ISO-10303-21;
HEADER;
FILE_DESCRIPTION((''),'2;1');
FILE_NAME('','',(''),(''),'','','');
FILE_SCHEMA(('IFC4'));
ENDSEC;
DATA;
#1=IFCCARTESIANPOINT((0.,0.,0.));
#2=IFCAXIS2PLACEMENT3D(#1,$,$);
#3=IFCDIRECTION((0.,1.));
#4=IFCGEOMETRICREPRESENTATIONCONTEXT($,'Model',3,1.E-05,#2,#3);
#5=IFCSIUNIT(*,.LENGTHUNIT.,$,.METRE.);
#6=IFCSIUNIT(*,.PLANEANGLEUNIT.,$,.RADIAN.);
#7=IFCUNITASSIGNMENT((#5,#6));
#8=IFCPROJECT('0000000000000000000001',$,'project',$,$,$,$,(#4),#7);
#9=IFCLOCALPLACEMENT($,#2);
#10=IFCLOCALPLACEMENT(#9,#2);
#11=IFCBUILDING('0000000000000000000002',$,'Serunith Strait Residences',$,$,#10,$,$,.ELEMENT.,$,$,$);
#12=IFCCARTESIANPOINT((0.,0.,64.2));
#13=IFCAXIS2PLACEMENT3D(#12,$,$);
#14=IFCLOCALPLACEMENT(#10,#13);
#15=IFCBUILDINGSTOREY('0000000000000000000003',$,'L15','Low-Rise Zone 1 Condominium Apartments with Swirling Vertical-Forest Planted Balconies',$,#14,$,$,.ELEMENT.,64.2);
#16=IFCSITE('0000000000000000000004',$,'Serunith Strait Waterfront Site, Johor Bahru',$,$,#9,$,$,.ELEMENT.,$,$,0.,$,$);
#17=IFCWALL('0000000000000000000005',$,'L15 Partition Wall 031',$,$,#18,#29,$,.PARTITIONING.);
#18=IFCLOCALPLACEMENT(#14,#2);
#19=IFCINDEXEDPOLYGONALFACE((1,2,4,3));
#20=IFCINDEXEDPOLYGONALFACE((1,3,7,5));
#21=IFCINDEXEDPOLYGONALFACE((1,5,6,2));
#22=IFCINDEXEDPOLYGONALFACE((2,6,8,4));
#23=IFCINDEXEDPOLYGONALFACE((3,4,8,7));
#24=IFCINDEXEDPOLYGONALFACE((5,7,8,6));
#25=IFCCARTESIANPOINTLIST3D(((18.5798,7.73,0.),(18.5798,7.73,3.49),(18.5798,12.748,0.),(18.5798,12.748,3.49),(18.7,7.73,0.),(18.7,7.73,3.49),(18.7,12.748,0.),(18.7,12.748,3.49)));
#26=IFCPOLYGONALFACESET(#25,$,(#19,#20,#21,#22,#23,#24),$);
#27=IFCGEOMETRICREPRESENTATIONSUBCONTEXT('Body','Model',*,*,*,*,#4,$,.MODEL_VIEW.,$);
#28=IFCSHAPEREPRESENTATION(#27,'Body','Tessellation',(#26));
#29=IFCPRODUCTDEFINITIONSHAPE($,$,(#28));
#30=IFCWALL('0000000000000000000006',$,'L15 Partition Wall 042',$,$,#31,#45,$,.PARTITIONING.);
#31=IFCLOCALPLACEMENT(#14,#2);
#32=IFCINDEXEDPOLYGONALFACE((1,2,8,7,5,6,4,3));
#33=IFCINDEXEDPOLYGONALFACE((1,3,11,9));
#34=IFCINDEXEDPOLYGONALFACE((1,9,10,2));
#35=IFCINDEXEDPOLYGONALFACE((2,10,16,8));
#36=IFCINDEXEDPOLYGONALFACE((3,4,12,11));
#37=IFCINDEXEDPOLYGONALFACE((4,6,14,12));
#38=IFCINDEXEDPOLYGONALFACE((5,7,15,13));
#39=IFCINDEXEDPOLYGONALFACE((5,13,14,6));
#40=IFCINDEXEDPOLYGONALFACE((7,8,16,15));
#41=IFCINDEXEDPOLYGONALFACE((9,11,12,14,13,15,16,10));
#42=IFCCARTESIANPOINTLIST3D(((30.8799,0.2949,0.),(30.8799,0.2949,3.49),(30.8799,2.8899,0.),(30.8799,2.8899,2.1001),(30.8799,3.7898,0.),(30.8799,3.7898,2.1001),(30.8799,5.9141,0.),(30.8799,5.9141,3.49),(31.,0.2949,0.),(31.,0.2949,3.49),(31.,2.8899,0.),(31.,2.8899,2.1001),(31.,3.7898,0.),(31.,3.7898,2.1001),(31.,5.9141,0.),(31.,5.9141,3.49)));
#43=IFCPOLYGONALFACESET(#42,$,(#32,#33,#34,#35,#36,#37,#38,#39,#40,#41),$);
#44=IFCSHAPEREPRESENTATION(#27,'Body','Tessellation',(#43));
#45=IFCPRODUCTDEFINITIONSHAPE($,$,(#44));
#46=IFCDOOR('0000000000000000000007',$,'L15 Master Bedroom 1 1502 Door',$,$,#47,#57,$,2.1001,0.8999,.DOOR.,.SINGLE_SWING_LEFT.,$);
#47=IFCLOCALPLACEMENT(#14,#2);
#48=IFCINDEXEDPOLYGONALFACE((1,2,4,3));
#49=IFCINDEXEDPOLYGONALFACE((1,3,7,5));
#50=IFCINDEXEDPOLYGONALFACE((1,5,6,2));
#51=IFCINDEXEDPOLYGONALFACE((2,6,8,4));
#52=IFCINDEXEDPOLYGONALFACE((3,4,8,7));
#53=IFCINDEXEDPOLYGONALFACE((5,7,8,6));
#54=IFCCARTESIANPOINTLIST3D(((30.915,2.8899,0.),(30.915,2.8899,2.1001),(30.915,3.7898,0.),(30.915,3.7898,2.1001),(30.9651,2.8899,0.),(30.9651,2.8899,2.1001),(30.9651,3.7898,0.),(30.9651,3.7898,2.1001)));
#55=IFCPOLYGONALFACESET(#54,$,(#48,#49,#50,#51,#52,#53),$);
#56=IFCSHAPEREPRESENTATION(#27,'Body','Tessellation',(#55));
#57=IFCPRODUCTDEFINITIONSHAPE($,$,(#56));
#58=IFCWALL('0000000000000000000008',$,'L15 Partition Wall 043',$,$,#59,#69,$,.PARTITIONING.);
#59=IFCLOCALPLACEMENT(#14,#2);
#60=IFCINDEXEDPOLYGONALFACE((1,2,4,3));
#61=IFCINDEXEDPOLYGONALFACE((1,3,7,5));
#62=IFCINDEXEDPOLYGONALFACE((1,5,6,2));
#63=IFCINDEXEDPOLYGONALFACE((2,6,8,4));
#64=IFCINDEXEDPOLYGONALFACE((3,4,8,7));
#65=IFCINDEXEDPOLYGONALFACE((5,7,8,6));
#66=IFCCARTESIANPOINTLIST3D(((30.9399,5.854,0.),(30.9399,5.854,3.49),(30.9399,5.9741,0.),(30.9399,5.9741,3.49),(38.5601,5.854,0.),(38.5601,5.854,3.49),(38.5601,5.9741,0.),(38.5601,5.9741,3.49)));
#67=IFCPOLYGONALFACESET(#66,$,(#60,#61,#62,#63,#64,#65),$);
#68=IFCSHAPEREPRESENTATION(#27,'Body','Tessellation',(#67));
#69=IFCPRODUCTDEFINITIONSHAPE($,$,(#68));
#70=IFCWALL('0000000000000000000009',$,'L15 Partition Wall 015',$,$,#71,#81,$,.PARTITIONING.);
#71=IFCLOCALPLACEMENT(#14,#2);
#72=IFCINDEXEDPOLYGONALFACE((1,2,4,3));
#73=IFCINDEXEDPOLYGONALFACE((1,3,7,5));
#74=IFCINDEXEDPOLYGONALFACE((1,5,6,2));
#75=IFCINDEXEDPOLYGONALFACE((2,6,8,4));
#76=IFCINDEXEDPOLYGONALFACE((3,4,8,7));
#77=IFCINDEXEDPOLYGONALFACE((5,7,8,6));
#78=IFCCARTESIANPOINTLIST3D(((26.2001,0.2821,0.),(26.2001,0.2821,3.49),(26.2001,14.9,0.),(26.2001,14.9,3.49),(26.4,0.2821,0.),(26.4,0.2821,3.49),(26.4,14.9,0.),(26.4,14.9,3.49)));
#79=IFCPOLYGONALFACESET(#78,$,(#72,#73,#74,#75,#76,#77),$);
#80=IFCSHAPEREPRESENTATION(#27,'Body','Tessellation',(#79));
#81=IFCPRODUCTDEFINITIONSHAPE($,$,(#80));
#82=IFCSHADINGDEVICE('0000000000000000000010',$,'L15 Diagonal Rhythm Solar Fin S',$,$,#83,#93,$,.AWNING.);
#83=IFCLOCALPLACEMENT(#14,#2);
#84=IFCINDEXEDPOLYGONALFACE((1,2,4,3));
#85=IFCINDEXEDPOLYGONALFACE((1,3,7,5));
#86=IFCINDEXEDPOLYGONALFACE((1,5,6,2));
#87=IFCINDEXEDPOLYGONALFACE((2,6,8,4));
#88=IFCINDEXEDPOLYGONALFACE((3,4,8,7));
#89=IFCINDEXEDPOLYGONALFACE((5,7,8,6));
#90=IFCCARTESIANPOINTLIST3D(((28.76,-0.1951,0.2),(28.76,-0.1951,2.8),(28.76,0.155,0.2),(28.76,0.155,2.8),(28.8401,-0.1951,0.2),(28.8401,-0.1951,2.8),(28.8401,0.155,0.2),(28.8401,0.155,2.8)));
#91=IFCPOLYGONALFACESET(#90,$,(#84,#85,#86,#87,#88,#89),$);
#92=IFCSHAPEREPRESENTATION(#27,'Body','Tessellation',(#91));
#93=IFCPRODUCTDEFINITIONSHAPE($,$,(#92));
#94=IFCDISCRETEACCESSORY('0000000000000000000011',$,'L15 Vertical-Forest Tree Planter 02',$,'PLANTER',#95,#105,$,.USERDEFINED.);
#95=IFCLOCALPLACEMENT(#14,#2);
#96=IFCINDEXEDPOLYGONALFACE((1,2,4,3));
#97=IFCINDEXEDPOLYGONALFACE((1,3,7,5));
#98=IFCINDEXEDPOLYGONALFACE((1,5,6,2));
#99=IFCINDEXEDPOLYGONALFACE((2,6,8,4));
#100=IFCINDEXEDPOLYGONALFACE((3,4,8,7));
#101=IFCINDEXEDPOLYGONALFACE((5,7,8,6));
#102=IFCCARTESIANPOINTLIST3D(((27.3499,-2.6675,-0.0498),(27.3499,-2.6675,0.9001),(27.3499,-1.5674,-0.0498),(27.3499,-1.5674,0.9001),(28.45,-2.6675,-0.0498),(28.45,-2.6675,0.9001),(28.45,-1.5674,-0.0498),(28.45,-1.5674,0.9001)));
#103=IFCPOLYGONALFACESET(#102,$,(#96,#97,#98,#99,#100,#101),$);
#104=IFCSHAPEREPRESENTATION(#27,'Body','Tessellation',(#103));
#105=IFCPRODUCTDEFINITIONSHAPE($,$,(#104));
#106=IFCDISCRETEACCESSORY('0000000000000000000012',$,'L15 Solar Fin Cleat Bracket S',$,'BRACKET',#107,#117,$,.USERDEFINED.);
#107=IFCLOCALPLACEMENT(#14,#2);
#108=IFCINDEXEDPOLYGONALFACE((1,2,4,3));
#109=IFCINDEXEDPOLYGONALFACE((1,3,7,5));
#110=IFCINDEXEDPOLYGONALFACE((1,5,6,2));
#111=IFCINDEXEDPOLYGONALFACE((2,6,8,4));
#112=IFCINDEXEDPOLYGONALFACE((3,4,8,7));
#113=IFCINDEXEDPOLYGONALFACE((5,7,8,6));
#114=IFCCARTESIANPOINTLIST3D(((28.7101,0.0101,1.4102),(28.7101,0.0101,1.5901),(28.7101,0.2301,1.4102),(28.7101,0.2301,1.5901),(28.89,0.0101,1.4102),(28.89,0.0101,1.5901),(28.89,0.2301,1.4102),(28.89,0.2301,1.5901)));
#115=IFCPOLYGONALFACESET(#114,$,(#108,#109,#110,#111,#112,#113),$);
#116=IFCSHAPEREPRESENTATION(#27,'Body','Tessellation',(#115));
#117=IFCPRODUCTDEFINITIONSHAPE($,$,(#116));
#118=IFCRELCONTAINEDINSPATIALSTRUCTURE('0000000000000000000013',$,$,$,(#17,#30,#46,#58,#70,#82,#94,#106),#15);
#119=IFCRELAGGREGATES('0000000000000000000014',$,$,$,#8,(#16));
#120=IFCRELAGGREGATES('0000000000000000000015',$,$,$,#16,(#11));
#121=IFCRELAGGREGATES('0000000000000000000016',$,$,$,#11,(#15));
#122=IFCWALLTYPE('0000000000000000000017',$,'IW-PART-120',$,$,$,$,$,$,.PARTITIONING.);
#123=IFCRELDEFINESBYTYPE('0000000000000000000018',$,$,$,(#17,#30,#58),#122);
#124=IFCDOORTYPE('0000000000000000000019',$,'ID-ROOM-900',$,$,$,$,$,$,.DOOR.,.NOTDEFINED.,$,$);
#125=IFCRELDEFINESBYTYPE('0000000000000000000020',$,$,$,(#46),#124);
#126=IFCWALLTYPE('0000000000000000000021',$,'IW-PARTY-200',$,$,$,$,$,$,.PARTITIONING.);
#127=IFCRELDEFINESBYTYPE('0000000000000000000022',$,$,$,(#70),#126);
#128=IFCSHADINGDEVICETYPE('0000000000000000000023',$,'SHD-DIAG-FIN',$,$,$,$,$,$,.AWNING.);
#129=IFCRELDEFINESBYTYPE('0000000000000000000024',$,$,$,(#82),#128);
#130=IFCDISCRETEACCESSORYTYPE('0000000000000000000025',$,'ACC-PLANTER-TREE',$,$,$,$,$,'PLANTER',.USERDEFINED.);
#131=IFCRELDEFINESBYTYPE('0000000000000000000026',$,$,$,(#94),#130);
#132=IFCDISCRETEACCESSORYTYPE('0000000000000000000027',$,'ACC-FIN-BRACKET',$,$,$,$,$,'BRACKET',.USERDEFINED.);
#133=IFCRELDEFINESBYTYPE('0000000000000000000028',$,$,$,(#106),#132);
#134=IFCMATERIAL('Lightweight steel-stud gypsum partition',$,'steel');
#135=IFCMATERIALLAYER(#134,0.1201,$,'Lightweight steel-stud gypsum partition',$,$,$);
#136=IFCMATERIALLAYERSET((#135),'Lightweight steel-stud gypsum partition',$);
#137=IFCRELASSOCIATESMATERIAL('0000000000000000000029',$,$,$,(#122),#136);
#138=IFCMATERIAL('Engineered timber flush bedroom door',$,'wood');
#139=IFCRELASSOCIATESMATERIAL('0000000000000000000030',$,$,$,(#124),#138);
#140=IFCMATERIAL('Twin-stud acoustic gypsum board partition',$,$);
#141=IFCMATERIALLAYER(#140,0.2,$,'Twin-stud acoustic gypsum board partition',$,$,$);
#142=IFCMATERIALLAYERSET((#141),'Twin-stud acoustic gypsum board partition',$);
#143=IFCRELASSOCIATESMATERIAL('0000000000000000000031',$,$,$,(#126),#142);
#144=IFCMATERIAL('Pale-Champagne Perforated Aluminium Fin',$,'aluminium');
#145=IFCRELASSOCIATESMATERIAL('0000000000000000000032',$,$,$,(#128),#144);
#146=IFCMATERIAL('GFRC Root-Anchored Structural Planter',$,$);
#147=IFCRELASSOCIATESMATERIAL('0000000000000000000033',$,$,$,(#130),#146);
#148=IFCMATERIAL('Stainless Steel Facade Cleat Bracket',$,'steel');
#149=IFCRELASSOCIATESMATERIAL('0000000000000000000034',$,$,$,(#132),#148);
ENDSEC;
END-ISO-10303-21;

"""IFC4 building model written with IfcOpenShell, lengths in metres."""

from ifc_helpers import new_model, si_unit, direction, frame, frame_2d, origin, origin_2d, place, context, subcontext, project, spatial, rectangle, extrude, source, transform, mapped, material, layer, layer_set, type_object, element, fill, save


model = new_model("IFC4")

# Units and contexts
model_context = context("Model", 3, precision=1e-05, world=origin(), true_north=direction((0.0, 1.0)))
body_context = subcontext(model_context, "Body", "Model", "MODEL_VIEW")
ifc_project = project(units=[si_unit("LENGTHUNIT", "METRE"), si_unit("PLANEANGLEUNIT", "RADIAN")], contexts=[model_context])

# Site, building, storey
site_placement = place(None, origin())
site = spatial("IfcSite", under=ifc_project, at=site_placement, Name="Serunith Strait Waterfront Site, Johor Bahru", CompositionType="ELEMENT", RefElevation=0.0)
building_placement = place(site_placement, origin())
building = spatial("IfcBuilding", under=site, at=building_placement, Name="Serunith Strait Residences", CompositionType="ELEMENT")
storey_placement = place(building_placement, frame((0.0, 0.0, 64.2)))
storey = spatial("IfcBuildingStorey", under=building, at=storey_placement, Name="L15", Description="Low-Rise Zone 1 Condominium Apartments with Swirling Vertical-Forest Planted Balconies", CompositionType="ELEMENT", Elevation=64.2)

# Shared definitions
ifc_material_1 = material(Name="Lightweight steel-stud gypsum partition", Category="steel")
ifc_layer_1 = layer(ifc_material_1, 0.1201, Name="Lightweight steel-stud gypsum partition")
ifc_layer_set_1 = layer_set([ifc_layer_1], Name="Lightweight steel-stud gypsum partition")
wall_type_1 = type_object("IfcWallType", Name="IW-PART-120", PredefinedType="PARTITIONING", material=ifc_layer_set_1)
ifc_material_2 = material(Name="Engineered timber flush bedroom door", Category="wood")
door_type_1 = type_object("IfcDoorType", Name="ID-ROOM-900", OperationType="NOTDEFINED", PredefinedType="DOOR", material=ifc_material_2)
shared_shape_1 = source(origin(), body_context, "Body", "SweptSolid", [
    extrude(rectangle(XDim=0.8999, YDim=2.1001, at=frame_2d((0.45, 1.05))), frame((0.0, 0.0249, 0.0), z_axis=(0.0, -1.0, 0.0), x_axis=(1.0, 0.0, 0.0)), (0.0, 0.0, 1.0), 0.05),
])

# Wall
wall_1_placement = place(storey_placement, frame((18.6399, 7.73, 0.0), z_axis=(0.0, 0.0, 1.0), x_axis=(0.0, 1.0, 0.0)))
element("IfcWall", 1, at=wall_1_placement, inside=storey, type_object=wall_type_1, Name="L15 Partition Wall 031", PredefinedType="PARTITIONING", context=body_context, shape_type="SweptSolid", body=[
    extrude(rectangle(XDim=5.0181, YDim=0.1201, at=frame_2d((2.509, 0.0))), origin(), (0.0, 0.0, 1.0), 3.49),
])

# Wall, opening, door
wall_2_placement = place(storey_placement, frame((30.9399, 0.2949, 0.0), z_axis=(0.0, 0.0, 1.0), x_axis=(0.0, 1.0, 0.0)))
wall_2 = element("IfcWall", 2, at=wall_2_placement, inside=storey, type_object=wall_type_1, Name="L15 Partition Wall 042", PredefinedType="PARTITIONING", context=body_context, shape_type="SweptSolid", body=[
    extrude(rectangle(XDim=5.6191, YDim=0.1201, at=frame_2d((2.8096, 0.0))), origin(), (0.0, 0.0, 1.0), 3.49),
])
opening_1_placement = place(wall_2_placement, frame((2.595, 0.0, 0.0)))
opening_1 = element("IfcOpeningElement", 3, at=opening_1_placement, cuts=wall_2, PredefinedType="OPENING", context=body_context, shape_type="SweptSolid", body=[
    extrude(rectangle(XDim=0.8999, YDim=2.1001, at=frame_2d((0.45, 1.05))), frame((0.0, 0.0701, 0.0), z_axis=(0.0, -1.0, 0.0), x_axis=(1.0, 0.0, 0.0)), (0.0, 0.0, 1.0), 0.1401),
])
door_1_placement = place(opening_1_placement, origin())
door_1 = element("IfcDoor", 4, at=door_1_placement, inside=storey, type_object=door_type_1, Name="L15 Master Bedroom 1 1502 Door", OperationType="SINGLE_SWING_LEFT", OverallHeight=2.1001, OverallWidth=0.8999, PredefinedType="DOOR", context=body_context, shape_type="MappedRepresentation", body=[
    mapped(shared_shape_1, transform((0.0, 0.0, 0.0), scale=1.0)),
])
fill(opening_1, door_1)

# Walls
wall_3_placement = place(storey_placement, frame((30.9399, 5.9141, 0.0), z_axis=(0.0, 0.0, 1.0), x_axis=(1.0, 0.0, 0.0)))
element("IfcWall", 5, at=wall_3_placement, inside=storey, type_object=wall_type_1, Name="L15 Partition Wall 043", PredefinedType="PARTITIONING", context=body_context, shape_type="SweptSolid", body=[
    extrude(rectangle(XDim=7.6201, YDim=0.1201, at=frame_2d((3.8101, 0.0))), origin(), (0.0, 0.0, 1.0), 3.49),
])
ifc_material_3 = material(Name="Twin-stud acoustic gypsum board partition")
ifc_layer_2 = layer(ifc_material_3, 0.2, Name="Twin-stud acoustic gypsum board partition")
ifc_layer_set_2 = layer_set([ifc_layer_2], Name="Twin-stud acoustic gypsum board partition")
wall_type_2 = type_object("IfcWallType", Name="IW-PARTY-200", PredefinedType="PARTITIONING", material=ifc_layer_set_2)
wall_4_placement = place(storey_placement, frame((26.3, 0.282, 0.0), z_axis=(0.0, 0.0, 1.0), x_axis=(0.0, 1.0, 0.0)))
element("IfcWall", 6, at=wall_4_placement, inside=storey, type_object=wall_type_2, Name="L15 Partition Wall 015", PredefinedType="PARTITIONING", context=body_context, shape_type="SweptSolid", body=[
    extrude(rectangle(XDim=14.6179, YDim=0.2, at=frame_2d((7.3091, 0.0))), origin(), (0.0, 0.0, 1.0), 3.49),
])

# Shading device
ifc_material_4 = material(Name="Pale-Champagne Perforated Aluminium Fin", Category="aluminium")
shading_device_type = type_object("IfcShadingDeviceType", Name="SHD-DIAG-FIN", PredefinedType="AWNING", material=ifc_material_4)
shared_shape_2 = source(origin(), body_context, "Body", "SweptSolid", [
    extrude(rectangle(XDim=0.0801, YDim=0.3501, at=origin_2d()), origin(), (0.0, 0.0, 1.0), 2.6001),
])
shading_device_placement = place(storey_placement, frame((28.8, -0.02, 0.2), z_axis=(0.0, 0.0, 1.0), x_axis=(1.0, 0.0, 0.0)))
element("IfcShadingDevice", 7, at=shading_device_placement, inside=storey, type_object=shading_device_type, Name="L15 Diagonal Rhythm Solar Fin S", PredefinedType="AWNING", context=body_context, shape_type="MappedRepresentation", body=[
    mapped(shared_shape_2, transform((0.0, 0.0, 0.0), scale=1.0)),
])

# Discrete accessories
ifc_material_5 = material(Name="GFRC Root-Anchored Structural Planter")
discrete_accessory_type_1 = type_object("IfcDiscreteAccessoryType", Name="ACC-PLANTER-TREE", ElementType="PLANTER", PredefinedType="USERDEFINED", material=ifc_material_5)
shared_shape_3 = source(origin(), body_context, "Body", "SweptSolid", [
    extrude(rectangle(XDim=1.1001, YDim=1.1001, at=origin_2d()), origin(), (0.0, 0.0, 1.0), 0.95),
])
discrete_accessory_1_placement = place(storey_placement, frame((27.8999, -2.1174, -0.0498), z_axis=(0.0, 0.0, 1.0), x_axis=(1.0, 0.0, 0.0)))
element("IfcDiscreteAccessory", 8, at=discrete_accessory_1_placement, inside=storey, type_object=discrete_accessory_type_1, Name="L15 Vertical-Forest Tree Planter 02", ObjectType="PLANTER", PredefinedType="USERDEFINED", context=body_context, shape_type="MappedRepresentation", body=[
    mapped(shared_shape_3, transform((0.0, 0.0, 0.0), scale=1.0)),
])
ifc_material_6 = material(Name="Stainless Steel Facade Cleat Bracket", Category="steel")
discrete_accessory_type_2 = type_object("IfcDiscreteAccessoryType", Name="ACC-FIN-BRACKET", ElementType="BRACKET", PredefinedType="USERDEFINED", material=ifc_material_6)
shared_shape_4 = source(origin(), body_context, "Body", "SweptSolid", [
    extrude(rectangle(XDim=0.1799, YDim=0.22, at=origin_2d()), origin(), (0.0, 0.0, 1.0), 0.1799),
])
discrete_accessory_2_placement = place(storey_placement, frame((28.8, 0.1201, 1.4102), z_axis=(0.0, 0.0, 1.0), x_axis=(1.0, 0.0, 0.0)))
element("IfcDiscreteAccessory", 9, at=discrete_accessory_2_placement, inside=storey, type_object=discrete_accessory_type_2, Name="L15 Solar Fin Cleat Bracket S", ObjectType="BRACKET", PredefinedType="USERDEFINED", context=body_context, shape_type="MappedRepresentation", body=[
    mapped(shared_shape_4, transform((0.0, 0.0, 0.0), scale=1.0)),
])

save(model, "model.ifc")
